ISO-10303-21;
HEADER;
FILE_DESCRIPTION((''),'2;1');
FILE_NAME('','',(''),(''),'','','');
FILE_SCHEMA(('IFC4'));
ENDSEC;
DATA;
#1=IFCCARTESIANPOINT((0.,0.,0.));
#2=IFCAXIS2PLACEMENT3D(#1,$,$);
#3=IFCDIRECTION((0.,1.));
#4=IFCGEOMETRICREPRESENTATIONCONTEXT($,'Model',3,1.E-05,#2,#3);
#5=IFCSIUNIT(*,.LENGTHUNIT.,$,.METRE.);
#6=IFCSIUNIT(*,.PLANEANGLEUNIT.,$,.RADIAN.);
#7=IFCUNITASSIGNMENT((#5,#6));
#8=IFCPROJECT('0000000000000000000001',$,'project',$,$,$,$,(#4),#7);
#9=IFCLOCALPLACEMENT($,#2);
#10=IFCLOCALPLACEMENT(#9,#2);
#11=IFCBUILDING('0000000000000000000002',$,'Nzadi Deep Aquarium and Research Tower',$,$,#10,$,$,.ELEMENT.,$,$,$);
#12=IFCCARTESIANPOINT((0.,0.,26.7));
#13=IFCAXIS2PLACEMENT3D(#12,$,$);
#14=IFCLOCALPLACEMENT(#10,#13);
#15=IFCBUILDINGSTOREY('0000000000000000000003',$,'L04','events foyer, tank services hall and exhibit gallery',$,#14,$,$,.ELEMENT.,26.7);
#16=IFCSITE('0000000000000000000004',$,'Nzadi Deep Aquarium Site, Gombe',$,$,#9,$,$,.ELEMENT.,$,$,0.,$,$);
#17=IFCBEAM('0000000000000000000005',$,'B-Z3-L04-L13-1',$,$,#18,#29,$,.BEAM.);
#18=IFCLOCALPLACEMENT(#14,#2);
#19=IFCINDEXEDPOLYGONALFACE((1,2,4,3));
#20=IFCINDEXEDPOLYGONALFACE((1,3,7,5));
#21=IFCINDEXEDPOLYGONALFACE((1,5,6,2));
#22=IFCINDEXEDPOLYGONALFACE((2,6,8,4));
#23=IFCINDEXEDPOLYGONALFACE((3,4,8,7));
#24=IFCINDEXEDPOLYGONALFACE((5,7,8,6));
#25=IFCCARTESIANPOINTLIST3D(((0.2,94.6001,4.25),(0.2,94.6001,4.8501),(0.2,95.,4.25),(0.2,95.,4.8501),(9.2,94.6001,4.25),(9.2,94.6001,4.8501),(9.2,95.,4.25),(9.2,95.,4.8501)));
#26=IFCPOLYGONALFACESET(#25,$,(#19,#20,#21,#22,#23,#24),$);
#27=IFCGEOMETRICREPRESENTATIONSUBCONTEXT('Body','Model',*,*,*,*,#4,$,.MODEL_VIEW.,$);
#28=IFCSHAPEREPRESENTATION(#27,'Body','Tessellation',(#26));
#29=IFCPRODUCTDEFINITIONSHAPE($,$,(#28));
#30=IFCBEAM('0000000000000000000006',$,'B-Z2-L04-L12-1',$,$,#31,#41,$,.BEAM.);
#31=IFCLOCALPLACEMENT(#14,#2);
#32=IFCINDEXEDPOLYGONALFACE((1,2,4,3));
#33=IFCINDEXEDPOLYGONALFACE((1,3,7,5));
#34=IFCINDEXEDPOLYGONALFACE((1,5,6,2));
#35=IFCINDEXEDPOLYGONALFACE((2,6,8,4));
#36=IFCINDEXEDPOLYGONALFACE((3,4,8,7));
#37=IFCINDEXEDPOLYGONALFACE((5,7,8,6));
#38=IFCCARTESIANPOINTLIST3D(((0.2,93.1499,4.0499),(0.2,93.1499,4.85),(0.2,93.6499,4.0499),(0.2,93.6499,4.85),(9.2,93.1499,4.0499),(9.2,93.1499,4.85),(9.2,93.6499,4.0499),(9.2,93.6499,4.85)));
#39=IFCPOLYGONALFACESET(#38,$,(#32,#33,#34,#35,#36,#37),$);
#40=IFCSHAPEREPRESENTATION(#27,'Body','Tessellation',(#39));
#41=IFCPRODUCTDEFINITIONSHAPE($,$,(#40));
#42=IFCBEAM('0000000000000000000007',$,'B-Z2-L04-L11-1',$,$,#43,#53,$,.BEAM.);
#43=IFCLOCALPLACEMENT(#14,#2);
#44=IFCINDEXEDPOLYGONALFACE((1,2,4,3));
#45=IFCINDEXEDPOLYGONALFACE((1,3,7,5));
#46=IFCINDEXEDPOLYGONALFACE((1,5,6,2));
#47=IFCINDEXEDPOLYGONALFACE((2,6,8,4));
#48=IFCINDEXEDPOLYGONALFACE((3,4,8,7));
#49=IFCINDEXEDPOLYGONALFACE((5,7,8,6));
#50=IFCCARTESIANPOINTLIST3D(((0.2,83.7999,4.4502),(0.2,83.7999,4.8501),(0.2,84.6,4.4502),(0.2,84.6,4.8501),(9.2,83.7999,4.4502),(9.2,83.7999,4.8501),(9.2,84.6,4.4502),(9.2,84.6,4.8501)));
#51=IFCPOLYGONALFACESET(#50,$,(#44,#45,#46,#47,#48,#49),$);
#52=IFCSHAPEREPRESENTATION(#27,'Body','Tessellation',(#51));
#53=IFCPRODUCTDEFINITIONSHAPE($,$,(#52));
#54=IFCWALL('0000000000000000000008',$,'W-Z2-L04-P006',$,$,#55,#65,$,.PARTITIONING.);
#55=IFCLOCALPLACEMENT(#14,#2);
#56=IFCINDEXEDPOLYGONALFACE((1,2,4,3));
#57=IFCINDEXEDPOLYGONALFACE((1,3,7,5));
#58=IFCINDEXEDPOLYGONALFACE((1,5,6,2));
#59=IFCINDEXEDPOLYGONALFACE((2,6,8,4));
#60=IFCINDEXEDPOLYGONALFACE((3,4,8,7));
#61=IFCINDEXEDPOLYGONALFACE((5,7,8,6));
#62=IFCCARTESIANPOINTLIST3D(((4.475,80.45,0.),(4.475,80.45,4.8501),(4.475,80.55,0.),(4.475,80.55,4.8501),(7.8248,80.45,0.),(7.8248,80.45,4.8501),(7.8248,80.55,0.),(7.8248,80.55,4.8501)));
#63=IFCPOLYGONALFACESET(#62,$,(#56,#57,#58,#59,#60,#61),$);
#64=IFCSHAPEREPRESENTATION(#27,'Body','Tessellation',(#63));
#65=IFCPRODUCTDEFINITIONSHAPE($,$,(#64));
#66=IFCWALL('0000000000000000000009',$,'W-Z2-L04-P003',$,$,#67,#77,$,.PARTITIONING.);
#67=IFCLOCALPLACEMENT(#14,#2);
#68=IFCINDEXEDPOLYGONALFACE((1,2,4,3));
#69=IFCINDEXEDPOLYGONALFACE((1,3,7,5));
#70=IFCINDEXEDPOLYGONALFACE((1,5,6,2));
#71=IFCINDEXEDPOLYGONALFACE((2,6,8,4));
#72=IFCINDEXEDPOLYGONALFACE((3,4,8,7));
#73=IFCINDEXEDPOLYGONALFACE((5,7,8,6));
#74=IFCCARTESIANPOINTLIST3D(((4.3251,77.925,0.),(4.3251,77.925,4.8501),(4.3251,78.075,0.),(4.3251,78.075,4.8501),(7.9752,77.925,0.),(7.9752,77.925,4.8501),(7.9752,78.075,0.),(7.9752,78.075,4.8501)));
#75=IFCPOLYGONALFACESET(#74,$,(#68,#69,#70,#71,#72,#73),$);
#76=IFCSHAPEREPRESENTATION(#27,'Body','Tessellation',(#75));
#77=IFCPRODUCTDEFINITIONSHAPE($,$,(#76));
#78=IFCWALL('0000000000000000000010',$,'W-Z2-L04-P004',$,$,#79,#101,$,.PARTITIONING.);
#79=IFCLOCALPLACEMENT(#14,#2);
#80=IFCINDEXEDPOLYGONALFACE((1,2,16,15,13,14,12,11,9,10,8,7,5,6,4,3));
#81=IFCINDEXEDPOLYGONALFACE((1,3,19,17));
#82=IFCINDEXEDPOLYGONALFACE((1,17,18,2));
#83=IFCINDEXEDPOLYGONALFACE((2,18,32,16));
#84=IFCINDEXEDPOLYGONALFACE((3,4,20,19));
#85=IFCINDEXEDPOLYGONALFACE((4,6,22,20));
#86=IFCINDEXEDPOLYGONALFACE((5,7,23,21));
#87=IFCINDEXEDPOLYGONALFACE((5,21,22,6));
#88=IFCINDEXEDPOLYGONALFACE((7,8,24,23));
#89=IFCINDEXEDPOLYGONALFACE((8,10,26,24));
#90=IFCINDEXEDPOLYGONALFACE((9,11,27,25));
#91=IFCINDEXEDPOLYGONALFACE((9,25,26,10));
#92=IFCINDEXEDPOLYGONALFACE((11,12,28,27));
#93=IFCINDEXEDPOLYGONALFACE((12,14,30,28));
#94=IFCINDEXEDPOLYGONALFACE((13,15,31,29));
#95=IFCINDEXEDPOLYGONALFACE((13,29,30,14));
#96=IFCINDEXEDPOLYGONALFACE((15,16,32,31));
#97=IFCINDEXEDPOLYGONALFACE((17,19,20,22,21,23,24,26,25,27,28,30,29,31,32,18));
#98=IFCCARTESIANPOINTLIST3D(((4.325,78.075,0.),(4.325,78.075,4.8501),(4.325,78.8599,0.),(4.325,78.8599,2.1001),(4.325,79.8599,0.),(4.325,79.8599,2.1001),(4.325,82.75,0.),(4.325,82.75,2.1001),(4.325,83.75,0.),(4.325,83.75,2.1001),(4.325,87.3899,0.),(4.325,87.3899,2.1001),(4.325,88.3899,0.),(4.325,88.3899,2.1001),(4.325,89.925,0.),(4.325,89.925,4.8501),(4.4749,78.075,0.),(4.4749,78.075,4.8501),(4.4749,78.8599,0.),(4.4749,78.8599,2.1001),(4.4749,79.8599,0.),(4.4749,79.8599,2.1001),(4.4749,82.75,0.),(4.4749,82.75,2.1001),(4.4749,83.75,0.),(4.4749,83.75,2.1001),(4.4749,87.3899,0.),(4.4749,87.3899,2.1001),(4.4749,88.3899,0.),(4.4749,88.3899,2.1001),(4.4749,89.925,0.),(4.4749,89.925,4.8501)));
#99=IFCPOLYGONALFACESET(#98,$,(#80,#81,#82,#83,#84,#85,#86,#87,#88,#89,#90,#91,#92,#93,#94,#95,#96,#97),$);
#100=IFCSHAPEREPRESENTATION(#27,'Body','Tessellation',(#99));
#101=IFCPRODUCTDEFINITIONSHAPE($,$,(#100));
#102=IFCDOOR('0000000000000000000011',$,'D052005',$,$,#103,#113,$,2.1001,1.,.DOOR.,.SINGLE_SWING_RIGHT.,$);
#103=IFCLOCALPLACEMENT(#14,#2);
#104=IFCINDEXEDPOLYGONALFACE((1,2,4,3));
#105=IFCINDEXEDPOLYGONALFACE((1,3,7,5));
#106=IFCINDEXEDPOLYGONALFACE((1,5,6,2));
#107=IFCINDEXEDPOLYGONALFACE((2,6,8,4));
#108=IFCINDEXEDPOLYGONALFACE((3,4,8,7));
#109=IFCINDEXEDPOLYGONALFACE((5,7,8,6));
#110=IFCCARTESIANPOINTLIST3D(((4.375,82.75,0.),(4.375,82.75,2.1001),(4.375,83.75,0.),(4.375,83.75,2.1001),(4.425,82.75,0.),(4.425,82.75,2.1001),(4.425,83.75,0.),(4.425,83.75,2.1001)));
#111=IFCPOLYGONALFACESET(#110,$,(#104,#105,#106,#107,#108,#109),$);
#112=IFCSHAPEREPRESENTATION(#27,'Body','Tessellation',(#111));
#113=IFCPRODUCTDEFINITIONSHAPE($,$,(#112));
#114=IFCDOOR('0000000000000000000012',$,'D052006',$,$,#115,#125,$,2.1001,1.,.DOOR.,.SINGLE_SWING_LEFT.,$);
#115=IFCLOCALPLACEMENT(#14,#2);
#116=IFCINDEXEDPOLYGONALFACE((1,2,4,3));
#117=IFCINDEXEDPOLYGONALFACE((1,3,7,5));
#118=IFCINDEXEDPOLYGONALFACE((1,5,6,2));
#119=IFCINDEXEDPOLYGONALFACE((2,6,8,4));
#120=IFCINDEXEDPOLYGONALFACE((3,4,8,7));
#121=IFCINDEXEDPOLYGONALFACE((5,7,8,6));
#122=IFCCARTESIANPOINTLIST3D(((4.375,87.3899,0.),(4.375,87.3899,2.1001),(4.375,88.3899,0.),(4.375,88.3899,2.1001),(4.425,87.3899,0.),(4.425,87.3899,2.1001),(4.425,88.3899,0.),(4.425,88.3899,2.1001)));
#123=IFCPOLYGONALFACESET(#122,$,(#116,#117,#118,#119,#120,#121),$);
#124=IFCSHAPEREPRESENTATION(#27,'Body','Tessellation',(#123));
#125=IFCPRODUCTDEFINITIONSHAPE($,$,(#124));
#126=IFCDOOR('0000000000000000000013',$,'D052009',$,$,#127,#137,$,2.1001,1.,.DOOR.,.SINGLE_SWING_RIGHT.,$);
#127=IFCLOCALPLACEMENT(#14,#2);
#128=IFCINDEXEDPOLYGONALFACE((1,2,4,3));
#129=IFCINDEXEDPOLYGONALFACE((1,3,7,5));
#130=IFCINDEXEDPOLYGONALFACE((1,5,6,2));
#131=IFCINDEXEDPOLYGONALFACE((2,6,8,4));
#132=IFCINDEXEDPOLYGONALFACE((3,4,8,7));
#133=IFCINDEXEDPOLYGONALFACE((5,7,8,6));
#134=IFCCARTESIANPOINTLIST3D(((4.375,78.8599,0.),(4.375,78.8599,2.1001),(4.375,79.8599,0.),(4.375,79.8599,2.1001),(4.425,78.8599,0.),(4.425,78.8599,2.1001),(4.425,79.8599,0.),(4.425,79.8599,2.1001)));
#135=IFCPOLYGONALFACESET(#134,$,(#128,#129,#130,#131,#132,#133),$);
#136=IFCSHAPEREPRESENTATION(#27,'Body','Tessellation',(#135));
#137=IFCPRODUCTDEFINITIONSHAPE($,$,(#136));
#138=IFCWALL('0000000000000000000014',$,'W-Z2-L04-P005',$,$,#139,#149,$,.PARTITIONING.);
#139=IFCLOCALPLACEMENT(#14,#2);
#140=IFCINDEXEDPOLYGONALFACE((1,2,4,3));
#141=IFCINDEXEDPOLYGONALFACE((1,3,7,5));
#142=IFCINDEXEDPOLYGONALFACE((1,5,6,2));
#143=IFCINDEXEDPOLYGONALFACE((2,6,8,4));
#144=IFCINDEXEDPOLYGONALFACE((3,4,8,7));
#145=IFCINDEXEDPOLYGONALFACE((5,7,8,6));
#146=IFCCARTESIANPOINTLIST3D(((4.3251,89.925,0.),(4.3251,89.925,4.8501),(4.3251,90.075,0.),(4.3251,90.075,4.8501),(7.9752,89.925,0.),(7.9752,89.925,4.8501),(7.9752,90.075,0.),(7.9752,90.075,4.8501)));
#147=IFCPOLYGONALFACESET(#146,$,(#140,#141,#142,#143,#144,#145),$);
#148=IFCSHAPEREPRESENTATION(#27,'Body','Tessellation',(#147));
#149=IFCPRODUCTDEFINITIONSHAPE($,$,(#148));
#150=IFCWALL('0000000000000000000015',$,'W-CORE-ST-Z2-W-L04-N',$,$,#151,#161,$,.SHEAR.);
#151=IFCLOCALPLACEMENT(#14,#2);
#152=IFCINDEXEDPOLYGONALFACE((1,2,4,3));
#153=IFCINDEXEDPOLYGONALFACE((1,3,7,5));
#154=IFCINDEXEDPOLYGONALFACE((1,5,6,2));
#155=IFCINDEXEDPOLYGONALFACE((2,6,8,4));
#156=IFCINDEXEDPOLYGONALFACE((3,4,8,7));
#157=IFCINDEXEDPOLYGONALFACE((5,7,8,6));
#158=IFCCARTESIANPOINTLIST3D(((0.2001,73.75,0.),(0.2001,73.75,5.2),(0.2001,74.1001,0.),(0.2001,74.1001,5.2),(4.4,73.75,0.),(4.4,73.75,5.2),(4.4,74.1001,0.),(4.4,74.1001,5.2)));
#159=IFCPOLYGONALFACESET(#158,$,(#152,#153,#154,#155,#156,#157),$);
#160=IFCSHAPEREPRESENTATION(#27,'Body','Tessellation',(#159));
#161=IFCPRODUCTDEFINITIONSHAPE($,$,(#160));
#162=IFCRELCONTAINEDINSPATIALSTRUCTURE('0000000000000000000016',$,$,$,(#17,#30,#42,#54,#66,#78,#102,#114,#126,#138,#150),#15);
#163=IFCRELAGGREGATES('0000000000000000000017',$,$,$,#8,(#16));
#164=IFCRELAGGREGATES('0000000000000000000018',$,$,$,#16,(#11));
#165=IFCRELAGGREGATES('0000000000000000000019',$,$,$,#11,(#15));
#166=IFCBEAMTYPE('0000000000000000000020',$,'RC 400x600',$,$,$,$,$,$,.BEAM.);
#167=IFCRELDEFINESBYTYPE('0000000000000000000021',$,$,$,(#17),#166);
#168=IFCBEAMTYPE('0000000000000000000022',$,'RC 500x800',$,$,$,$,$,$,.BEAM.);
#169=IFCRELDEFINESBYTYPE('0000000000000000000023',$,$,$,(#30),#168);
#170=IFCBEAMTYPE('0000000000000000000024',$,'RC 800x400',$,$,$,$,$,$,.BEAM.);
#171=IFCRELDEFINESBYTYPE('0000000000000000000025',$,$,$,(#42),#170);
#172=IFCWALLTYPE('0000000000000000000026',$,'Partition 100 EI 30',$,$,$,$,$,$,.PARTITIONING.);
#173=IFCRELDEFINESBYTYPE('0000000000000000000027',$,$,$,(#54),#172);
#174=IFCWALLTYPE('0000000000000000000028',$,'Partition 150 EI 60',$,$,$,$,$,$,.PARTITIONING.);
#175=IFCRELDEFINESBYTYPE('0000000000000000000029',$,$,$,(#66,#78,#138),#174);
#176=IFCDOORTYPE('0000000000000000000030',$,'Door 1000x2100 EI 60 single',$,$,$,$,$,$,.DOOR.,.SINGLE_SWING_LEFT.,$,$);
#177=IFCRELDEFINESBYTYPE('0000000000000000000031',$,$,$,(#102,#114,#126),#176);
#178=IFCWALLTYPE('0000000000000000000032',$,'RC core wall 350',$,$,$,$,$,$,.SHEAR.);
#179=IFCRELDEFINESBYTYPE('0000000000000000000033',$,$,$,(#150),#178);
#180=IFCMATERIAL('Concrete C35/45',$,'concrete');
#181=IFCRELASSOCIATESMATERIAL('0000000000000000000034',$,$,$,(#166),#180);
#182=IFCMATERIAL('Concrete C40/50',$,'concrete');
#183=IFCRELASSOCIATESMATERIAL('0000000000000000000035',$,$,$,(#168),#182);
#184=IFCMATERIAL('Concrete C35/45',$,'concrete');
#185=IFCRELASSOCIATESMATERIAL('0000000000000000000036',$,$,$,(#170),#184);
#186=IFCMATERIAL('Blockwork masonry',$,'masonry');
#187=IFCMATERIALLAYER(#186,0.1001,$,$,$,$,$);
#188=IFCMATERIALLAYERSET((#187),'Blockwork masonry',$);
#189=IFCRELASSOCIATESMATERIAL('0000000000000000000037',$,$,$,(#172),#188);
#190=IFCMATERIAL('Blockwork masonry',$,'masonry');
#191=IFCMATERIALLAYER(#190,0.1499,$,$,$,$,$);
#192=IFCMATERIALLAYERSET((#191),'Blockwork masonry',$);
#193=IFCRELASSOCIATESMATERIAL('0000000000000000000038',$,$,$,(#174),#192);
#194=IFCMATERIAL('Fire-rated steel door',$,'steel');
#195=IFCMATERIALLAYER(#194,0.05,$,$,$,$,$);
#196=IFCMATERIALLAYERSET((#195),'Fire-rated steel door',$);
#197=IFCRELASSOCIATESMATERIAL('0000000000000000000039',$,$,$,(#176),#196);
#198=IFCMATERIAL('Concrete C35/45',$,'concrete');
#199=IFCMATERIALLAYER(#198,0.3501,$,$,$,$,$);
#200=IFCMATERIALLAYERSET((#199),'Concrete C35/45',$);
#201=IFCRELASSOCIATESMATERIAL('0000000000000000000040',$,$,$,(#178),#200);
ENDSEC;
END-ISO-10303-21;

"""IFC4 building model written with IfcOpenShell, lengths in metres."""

from ifc_helpers import new_model, si_unit, direction, frame, frame_2d, origin, origin_2d, place, context, subcontext, project, spatial, rectangle, extrude, material, layer, layer_set, material_profile, profile_set, type_object, element, fill, save


model = new_model("IFC4")

# Units and contexts
model_context = context("Model", 3, precision=1e-05, world=origin(), true_north=direction((0.0, 1.0)))
body_context = subcontext(model_context, "Body", "Model", "MODEL_VIEW")
ifc_project = project(units=[si_unit("LENGTHUNIT", "METRE"), si_unit("PLANEANGLEUNIT", "RADIAN")], contexts=[model_context])

# Site, building, storey
site_placement = place(None, origin())
site = spatial("IfcSite", under=ifc_project, at=site_placement, Name="Nzadi Deep Aquarium Site, Gombe", CompositionType="ELEMENT", RefElevation=0.0)
building_placement = place(site_placement, origin())
building = spatial("IfcBuilding", under=site, at=building_placement, Name="Nzadi Deep Aquarium and Research Tower", CompositionType="ELEMENT")
storey_placement = place(building_placement, frame((0.0, 0.0, 26.7)))
storey = spatial("IfcBuildingStorey", under=building, at=storey_placement, Name="L04", Description="events foyer, tank services hall and exhibit gallery", CompositionType="ELEMENT", Elevation=26.7)

# Beams
ifc_material_1 = material(Name="Concrete C35/45", Category="concrete")
ifc_material_profile_1 = material_profile(ifc_material_1, rectangle(XDim=0.3999, YDim=0.6001, at=origin_2d()))
ifc_profile_set_1 = profile_set([ifc_material_profile_1], Name="Concrete C35/45")
beam_type_1 = type_object("IfcBeamType", Name="RC 400x600", PredefinedType="BEAM", material=ifc_profile_set_1)
beam_1_placement = place(storey_placement, frame((0.2, 94.8, 4.55), z_axis=(1.0, 0.0, 0.0), x_axis=(0.0, 1.0, 0.0)))
element("IfcBeam", 1, at=beam_1_placement, inside=storey, type_object=beam_type_1, Name="B-Z3-L04-L13-1", PredefinedType="BEAM", context=body_context, shape_type="SweptSolid", body=[
    extrude(rectangle(XDim=0.3999, YDim=0.6001, at=origin_2d()), origin(), (0.0, 0.0, 1.0), 9.0),
])
ifc_material_2 = material(Name="Concrete C40/50", Category="concrete")
ifc_material_profile_2 = material_profile(ifc_material_2, rectangle(XDim=0.5, YDim=0.8, at=origin_2d()))
ifc_profile_set_2 = profile_set([ifc_material_profile_2], Name="Concrete C40/50")
beam_type_2 = type_object("IfcBeamType", Name="RC 500x800", PredefinedType="BEAM", material=ifc_profile_set_2)
beam_2_placement = place(storey_placement, frame((0.2, 93.3999, 4.45), z_axis=(1.0, 0.0, 0.0), x_axis=(0.0, 1.0, 0.0)))
element("IfcBeam", 2, at=beam_2_placement, inside=storey, type_object=beam_type_2, Name="B-Z2-L04-L12-1", PredefinedType="BEAM", context=body_context, shape_type="SweptSolid", body=[
    extrude(rectangle(XDim=0.5, YDim=0.8, at=origin_2d()), origin(), (0.0, 0.0, 1.0), 9.0),
])
ifc_material_3 = material(Name="Concrete C35/45", Category="concrete")
ifc_material_profile_3 = material_profile(ifc_material_3, rectangle(XDim=0.8, YDim=0.3999, at=origin_2d()))
ifc_profile_set_3 = profile_set([ifc_material_profile_3], Name="Concrete C35/45")
beam_type_3 = type_object("IfcBeamType", Name="RC 800x400", PredefinedType="BEAM", material=ifc_profile_set_3)
beam_3_placement = place(storey_placement, frame((0.2, 84.2, 4.6501), z_axis=(1.0, 0.0, 0.0), x_axis=(0.0, 1.0, 0.0)))
element("IfcBeam", 3, at=beam_3_placement, inside=storey, type_object=beam_type_3, Name="B-Z2-L04-L11-1", PredefinedType="BEAM", context=body_context, shape_type="SweptSolid", body=[
    extrude(rectangle(XDim=0.8, YDim=0.3999, at=origin_2d()), origin(), (0.0, 0.0, 1.0), 9.0),
])

# Walls
ifc_material_4 = material(Name="Blockwork masonry", Category="masonry")
ifc_layer_1 = layer(ifc_material_4, 0.1001)
ifc_layer_set_1 = layer_set([ifc_layer_1], Name="Blockwork masonry")
wall_type_1 = type_object("IfcWallType", Name="Partition 100 EI 30", PredefinedType="PARTITIONING", material=ifc_layer_set_1)
wall_1_placement = place(storey_placement, frame((4.4751, 80.5, 0.0), z_axis=(0.0, 0.0, 1.0), x_axis=(1.0, 0.0, 0.0)))
element("IfcWall", 4, at=wall_1_placement, inside=storey, type_object=wall_type_1, Name="W-Z2-L04-P006", PredefinedType="PARTITIONING", context=body_context, shape_type="SweptSolid", body=[
    extrude(rectangle(XDim=3.3499, YDim=0.1001, at=frame_2d((1.6748, 0.0))), origin(), (0.0, 0.0, 1.0), 4.8501),
])
ifc_material_5 = material(Name="Blockwork masonry", Category="masonry")
ifc_layer_2 = layer(ifc_material_5, 0.1499)
ifc_layer_set_2 = layer_set([ifc_layer_2], Name="Blockwork masonry")
wall_type_2 = type_object("IfcWallType", Name="Partition 150 EI 60", PredefinedType="PARTITIONING", material=ifc_layer_set_2)
wall_2_placement = place(storey_placement, frame((4.325, 78.0, 0.0), z_axis=(0.0, 0.0, 1.0), x_axis=(1.0, 0.0, 0.0)))
element("IfcWall", 5, at=wall_2_placement, inside=storey, type_object=wall_type_2, Name="W-Z2-L04-P003", PredefinedType="PARTITIONING", context=body_context, shape_type="SweptSolid", body=[
    extrude(rectangle(XDim=3.6501, YDim=0.1499, at=frame_2d((1.8252, 0.0))), origin(), (0.0, 0.0, 1.0), 4.8501),
])

# Wall, openings, doors
wall_3_placement = place(storey_placement, frame((4.3999, 78.075, 0.0), z_axis=(0.0, 0.0, 1.0), x_axis=(0.0, 1.0, 0.0)))
wall_3 = element("IfcWall", 6, at=wall_3_placement, inside=storey, type_object=wall_type_2, Name="W-Z2-L04-P004", PredefinedType="PARTITIONING", context=body_context, shape_type="SweptSolid", body=[
    extrude(rectangle(XDim=11.8501, YDim=0.1499, at=frame_2d((5.925, 0.0))), origin(), (0.0, 0.0, 1.0), 4.8501),
])
opening_1_placement = place(wall_3_placement, frame((4.675, 0.0, 0.0)))
opening_1 = element("IfcOpeningElement", 7, at=opening_1_placement, cuts=wall_3, PredefinedType="OPENING", context=body_context, shape_type="SweptSolid", body=[
    extrude(rectangle(XDim=1.0, YDim=2.1001, at=frame_2d((0.5, 1.05))), frame((0.0, 0.085, 0.0), z_axis=(0.0, -1.0, 0.0), x_axis=(1.0, 0.0, 0.0)), (0.0, 0.0, 1.0), 0.1699),
])
opening_2_placement = place(wall_3_placement, frame((9.3149, 0.0, 0.0)))
opening_2 = element("IfcOpeningElement", 8, at=opening_2_placement, cuts=wall_3, PredefinedType="OPENING", context=body_context, shape_type="SweptSolid", body=[
    extrude(rectangle(XDim=1.0, YDim=2.1001, at=frame_2d((0.5, 1.05))), frame((0.0, 0.085, 0.0), z_axis=(0.0, -1.0, 0.0), x_axis=(1.0, 0.0, 0.0)), (0.0, 0.0, 1.0), 0.1699),
])
opening_3_placement = place(wall_3_placement, frame((0.7849, 0.0, 0.0)))
opening_3 = element("IfcOpeningElement", 9, at=opening_3_placement, cuts=wall_3, PredefinedType="OPENING", context=body_context, shape_type="SweptSolid", body=[
    extrude(rectangle(XDim=1.0, YDim=2.1001, at=frame_2d((0.5, 1.05))), frame((0.0, 0.085, 0.0), z_axis=(0.0, -1.0, 0.0), x_axis=(1.0, 0.0, 0.0)), (0.0, 0.0, 1.0), 0.1699),
])
ifc_material_6 = material(Name="Fire-rated steel door", Category="steel")
ifc_layer_3 = layer(ifc_material_6, 0.05)
ifc_layer_set_3 = layer_set([ifc_layer_3], Name="Fire-rated steel door")
door_type_1 = type_object("IfcDoorType", Name="Door 1000x2100 EI 60 single", OperationType="SINGLE_SWING_LEFT", PredefinedType="DOOR", material=ifc_layer_set_3)
door_1_placement = place(opening_1_placement, origin())
door_1 = element("IfcDoor", 10, at=door_1_placement, inside=storey, type_object=door_type_1, Name="D052005", OperationType="SINGLE_SWING_RIGHT", OverallHeight=2.1001, OverallWidth=1.0, PredefinedType="DOOR", context=body_context, shape_type="SweptSolid", body=[
    extrude(rectangle(XDim=1.0, YDim=2.1001, at=frame_2d((0.5, 1.05))), frame((0.0, 0.0249, 0.0), z_axis=(0.0, -1.0, 0.0), x_axis=(1.0, 0.0, 0.0)), (0.0, 0.0, 1.0), 0.05),
])
fill(opening_1, door_1)
door_2_placement = place(opening_2_placement, origin())
door_2 = element("IfcDoor", 11, at=door_2_placement, inside=storey, type_object=door_type_1, Name="D052006", OperationType="SINGLE_SWING_LEFT", OverallHeight=2.1001, OverallWidth=1.0, PredefinedType="DOOR", context=body_context, shape_type="SweptSolid", body=[
    extrude(rectangle(XDim=1.0, YDim=2.1001, at=frame_2d((0.5, 1.05))), frame((0.0, 0.0249, 0.0), z_axis=(0.0, -1.0, 0.0), x_axis=(1.0, 0.0, 0.0)), (0.0, 0.0, 1.0), 0.05),
])
fill(opening_2, door_2)
door_3_placement = place(opening_3_placement, origin())
door_3 = element("IfcDoor", 12, at=door_3_placement, inside=storey, type_object=door_type_1, Name="D052009", OperationType="SINGLE_SWING_RIGHT", OverallHeight=2.1001, OverallWidth=1.0, PredefinedType="DOOR", context=body_context, shape_type="SweptSolid", body=[
    extrude(rectangle(XDim=1.0, YDim=2.1001, at=frame_2d((0.5, 1.05))), frame((0.0, 0.0249, 0.0), z_axis=(0.0, -1.0, 0.0), x_axis=(1.0, 0.0, 0.0)), (0.0, 0.0, 1.0), 0.05),
])
fill(opening_3, door_3)

# Walls
wall_4_placement = place(storey_placement, frame((4.325, 90.0, 0.0), z_axis=(0.0, 0.0, 1.0), x_axis=(1.0, 0.0, 0.0)))
element("IfcWall", 13, at=wall_4_placement, inside=storey, type_object=wall_type_2, Name="W-Z2-L04-P005", PredefinedType="PARTITIONING", context=body_context, shape_type="SweptSolid", body=[
    extrude(rectangle(XDim=3.6501, YDim=0.1499, at=frame_2d((1.8252, 0.0))), origin(), (0.0, 0.0, 1.0), 4.8501),
])
ifc_material_7 = material(Name="Concrete C35/45", Category="concrete")
ifc_layer_4 = layer(ifc_material_7, 0.3501)
ifc_layer_set_4 = layer_set([ifc_layer_4], Name="Concrete C35/45")
wall_type_3 = type_object("IfcWallType", Name="RC core wall 350", PredefinedType="SHEAR", material=ifc_layer_set_4)
wall_5_placement = place(storey_placement, frame((0.2, 73.925, 0.0), z_axis=(0.0, 0.0, 1.0), x_axis=(1.0, 0.0, 0.0)))
element("IfcWall", 14, at=wall_5_placement, inside=storey, type_object=wall_type_3, Name="W-CORE-ST-Z2-W-L04-N", PredefinedType="SHEAR", context=body_context, shape_type="SweptSolid", body=[
    extrude(rectangle(XDim=4.2, YDim=0.3501, at=frame_2d((2.1001, 0.0))), origin(), (0.0, 0.0, 1.0), 5.2),
])

save(model, "model.ifc")
